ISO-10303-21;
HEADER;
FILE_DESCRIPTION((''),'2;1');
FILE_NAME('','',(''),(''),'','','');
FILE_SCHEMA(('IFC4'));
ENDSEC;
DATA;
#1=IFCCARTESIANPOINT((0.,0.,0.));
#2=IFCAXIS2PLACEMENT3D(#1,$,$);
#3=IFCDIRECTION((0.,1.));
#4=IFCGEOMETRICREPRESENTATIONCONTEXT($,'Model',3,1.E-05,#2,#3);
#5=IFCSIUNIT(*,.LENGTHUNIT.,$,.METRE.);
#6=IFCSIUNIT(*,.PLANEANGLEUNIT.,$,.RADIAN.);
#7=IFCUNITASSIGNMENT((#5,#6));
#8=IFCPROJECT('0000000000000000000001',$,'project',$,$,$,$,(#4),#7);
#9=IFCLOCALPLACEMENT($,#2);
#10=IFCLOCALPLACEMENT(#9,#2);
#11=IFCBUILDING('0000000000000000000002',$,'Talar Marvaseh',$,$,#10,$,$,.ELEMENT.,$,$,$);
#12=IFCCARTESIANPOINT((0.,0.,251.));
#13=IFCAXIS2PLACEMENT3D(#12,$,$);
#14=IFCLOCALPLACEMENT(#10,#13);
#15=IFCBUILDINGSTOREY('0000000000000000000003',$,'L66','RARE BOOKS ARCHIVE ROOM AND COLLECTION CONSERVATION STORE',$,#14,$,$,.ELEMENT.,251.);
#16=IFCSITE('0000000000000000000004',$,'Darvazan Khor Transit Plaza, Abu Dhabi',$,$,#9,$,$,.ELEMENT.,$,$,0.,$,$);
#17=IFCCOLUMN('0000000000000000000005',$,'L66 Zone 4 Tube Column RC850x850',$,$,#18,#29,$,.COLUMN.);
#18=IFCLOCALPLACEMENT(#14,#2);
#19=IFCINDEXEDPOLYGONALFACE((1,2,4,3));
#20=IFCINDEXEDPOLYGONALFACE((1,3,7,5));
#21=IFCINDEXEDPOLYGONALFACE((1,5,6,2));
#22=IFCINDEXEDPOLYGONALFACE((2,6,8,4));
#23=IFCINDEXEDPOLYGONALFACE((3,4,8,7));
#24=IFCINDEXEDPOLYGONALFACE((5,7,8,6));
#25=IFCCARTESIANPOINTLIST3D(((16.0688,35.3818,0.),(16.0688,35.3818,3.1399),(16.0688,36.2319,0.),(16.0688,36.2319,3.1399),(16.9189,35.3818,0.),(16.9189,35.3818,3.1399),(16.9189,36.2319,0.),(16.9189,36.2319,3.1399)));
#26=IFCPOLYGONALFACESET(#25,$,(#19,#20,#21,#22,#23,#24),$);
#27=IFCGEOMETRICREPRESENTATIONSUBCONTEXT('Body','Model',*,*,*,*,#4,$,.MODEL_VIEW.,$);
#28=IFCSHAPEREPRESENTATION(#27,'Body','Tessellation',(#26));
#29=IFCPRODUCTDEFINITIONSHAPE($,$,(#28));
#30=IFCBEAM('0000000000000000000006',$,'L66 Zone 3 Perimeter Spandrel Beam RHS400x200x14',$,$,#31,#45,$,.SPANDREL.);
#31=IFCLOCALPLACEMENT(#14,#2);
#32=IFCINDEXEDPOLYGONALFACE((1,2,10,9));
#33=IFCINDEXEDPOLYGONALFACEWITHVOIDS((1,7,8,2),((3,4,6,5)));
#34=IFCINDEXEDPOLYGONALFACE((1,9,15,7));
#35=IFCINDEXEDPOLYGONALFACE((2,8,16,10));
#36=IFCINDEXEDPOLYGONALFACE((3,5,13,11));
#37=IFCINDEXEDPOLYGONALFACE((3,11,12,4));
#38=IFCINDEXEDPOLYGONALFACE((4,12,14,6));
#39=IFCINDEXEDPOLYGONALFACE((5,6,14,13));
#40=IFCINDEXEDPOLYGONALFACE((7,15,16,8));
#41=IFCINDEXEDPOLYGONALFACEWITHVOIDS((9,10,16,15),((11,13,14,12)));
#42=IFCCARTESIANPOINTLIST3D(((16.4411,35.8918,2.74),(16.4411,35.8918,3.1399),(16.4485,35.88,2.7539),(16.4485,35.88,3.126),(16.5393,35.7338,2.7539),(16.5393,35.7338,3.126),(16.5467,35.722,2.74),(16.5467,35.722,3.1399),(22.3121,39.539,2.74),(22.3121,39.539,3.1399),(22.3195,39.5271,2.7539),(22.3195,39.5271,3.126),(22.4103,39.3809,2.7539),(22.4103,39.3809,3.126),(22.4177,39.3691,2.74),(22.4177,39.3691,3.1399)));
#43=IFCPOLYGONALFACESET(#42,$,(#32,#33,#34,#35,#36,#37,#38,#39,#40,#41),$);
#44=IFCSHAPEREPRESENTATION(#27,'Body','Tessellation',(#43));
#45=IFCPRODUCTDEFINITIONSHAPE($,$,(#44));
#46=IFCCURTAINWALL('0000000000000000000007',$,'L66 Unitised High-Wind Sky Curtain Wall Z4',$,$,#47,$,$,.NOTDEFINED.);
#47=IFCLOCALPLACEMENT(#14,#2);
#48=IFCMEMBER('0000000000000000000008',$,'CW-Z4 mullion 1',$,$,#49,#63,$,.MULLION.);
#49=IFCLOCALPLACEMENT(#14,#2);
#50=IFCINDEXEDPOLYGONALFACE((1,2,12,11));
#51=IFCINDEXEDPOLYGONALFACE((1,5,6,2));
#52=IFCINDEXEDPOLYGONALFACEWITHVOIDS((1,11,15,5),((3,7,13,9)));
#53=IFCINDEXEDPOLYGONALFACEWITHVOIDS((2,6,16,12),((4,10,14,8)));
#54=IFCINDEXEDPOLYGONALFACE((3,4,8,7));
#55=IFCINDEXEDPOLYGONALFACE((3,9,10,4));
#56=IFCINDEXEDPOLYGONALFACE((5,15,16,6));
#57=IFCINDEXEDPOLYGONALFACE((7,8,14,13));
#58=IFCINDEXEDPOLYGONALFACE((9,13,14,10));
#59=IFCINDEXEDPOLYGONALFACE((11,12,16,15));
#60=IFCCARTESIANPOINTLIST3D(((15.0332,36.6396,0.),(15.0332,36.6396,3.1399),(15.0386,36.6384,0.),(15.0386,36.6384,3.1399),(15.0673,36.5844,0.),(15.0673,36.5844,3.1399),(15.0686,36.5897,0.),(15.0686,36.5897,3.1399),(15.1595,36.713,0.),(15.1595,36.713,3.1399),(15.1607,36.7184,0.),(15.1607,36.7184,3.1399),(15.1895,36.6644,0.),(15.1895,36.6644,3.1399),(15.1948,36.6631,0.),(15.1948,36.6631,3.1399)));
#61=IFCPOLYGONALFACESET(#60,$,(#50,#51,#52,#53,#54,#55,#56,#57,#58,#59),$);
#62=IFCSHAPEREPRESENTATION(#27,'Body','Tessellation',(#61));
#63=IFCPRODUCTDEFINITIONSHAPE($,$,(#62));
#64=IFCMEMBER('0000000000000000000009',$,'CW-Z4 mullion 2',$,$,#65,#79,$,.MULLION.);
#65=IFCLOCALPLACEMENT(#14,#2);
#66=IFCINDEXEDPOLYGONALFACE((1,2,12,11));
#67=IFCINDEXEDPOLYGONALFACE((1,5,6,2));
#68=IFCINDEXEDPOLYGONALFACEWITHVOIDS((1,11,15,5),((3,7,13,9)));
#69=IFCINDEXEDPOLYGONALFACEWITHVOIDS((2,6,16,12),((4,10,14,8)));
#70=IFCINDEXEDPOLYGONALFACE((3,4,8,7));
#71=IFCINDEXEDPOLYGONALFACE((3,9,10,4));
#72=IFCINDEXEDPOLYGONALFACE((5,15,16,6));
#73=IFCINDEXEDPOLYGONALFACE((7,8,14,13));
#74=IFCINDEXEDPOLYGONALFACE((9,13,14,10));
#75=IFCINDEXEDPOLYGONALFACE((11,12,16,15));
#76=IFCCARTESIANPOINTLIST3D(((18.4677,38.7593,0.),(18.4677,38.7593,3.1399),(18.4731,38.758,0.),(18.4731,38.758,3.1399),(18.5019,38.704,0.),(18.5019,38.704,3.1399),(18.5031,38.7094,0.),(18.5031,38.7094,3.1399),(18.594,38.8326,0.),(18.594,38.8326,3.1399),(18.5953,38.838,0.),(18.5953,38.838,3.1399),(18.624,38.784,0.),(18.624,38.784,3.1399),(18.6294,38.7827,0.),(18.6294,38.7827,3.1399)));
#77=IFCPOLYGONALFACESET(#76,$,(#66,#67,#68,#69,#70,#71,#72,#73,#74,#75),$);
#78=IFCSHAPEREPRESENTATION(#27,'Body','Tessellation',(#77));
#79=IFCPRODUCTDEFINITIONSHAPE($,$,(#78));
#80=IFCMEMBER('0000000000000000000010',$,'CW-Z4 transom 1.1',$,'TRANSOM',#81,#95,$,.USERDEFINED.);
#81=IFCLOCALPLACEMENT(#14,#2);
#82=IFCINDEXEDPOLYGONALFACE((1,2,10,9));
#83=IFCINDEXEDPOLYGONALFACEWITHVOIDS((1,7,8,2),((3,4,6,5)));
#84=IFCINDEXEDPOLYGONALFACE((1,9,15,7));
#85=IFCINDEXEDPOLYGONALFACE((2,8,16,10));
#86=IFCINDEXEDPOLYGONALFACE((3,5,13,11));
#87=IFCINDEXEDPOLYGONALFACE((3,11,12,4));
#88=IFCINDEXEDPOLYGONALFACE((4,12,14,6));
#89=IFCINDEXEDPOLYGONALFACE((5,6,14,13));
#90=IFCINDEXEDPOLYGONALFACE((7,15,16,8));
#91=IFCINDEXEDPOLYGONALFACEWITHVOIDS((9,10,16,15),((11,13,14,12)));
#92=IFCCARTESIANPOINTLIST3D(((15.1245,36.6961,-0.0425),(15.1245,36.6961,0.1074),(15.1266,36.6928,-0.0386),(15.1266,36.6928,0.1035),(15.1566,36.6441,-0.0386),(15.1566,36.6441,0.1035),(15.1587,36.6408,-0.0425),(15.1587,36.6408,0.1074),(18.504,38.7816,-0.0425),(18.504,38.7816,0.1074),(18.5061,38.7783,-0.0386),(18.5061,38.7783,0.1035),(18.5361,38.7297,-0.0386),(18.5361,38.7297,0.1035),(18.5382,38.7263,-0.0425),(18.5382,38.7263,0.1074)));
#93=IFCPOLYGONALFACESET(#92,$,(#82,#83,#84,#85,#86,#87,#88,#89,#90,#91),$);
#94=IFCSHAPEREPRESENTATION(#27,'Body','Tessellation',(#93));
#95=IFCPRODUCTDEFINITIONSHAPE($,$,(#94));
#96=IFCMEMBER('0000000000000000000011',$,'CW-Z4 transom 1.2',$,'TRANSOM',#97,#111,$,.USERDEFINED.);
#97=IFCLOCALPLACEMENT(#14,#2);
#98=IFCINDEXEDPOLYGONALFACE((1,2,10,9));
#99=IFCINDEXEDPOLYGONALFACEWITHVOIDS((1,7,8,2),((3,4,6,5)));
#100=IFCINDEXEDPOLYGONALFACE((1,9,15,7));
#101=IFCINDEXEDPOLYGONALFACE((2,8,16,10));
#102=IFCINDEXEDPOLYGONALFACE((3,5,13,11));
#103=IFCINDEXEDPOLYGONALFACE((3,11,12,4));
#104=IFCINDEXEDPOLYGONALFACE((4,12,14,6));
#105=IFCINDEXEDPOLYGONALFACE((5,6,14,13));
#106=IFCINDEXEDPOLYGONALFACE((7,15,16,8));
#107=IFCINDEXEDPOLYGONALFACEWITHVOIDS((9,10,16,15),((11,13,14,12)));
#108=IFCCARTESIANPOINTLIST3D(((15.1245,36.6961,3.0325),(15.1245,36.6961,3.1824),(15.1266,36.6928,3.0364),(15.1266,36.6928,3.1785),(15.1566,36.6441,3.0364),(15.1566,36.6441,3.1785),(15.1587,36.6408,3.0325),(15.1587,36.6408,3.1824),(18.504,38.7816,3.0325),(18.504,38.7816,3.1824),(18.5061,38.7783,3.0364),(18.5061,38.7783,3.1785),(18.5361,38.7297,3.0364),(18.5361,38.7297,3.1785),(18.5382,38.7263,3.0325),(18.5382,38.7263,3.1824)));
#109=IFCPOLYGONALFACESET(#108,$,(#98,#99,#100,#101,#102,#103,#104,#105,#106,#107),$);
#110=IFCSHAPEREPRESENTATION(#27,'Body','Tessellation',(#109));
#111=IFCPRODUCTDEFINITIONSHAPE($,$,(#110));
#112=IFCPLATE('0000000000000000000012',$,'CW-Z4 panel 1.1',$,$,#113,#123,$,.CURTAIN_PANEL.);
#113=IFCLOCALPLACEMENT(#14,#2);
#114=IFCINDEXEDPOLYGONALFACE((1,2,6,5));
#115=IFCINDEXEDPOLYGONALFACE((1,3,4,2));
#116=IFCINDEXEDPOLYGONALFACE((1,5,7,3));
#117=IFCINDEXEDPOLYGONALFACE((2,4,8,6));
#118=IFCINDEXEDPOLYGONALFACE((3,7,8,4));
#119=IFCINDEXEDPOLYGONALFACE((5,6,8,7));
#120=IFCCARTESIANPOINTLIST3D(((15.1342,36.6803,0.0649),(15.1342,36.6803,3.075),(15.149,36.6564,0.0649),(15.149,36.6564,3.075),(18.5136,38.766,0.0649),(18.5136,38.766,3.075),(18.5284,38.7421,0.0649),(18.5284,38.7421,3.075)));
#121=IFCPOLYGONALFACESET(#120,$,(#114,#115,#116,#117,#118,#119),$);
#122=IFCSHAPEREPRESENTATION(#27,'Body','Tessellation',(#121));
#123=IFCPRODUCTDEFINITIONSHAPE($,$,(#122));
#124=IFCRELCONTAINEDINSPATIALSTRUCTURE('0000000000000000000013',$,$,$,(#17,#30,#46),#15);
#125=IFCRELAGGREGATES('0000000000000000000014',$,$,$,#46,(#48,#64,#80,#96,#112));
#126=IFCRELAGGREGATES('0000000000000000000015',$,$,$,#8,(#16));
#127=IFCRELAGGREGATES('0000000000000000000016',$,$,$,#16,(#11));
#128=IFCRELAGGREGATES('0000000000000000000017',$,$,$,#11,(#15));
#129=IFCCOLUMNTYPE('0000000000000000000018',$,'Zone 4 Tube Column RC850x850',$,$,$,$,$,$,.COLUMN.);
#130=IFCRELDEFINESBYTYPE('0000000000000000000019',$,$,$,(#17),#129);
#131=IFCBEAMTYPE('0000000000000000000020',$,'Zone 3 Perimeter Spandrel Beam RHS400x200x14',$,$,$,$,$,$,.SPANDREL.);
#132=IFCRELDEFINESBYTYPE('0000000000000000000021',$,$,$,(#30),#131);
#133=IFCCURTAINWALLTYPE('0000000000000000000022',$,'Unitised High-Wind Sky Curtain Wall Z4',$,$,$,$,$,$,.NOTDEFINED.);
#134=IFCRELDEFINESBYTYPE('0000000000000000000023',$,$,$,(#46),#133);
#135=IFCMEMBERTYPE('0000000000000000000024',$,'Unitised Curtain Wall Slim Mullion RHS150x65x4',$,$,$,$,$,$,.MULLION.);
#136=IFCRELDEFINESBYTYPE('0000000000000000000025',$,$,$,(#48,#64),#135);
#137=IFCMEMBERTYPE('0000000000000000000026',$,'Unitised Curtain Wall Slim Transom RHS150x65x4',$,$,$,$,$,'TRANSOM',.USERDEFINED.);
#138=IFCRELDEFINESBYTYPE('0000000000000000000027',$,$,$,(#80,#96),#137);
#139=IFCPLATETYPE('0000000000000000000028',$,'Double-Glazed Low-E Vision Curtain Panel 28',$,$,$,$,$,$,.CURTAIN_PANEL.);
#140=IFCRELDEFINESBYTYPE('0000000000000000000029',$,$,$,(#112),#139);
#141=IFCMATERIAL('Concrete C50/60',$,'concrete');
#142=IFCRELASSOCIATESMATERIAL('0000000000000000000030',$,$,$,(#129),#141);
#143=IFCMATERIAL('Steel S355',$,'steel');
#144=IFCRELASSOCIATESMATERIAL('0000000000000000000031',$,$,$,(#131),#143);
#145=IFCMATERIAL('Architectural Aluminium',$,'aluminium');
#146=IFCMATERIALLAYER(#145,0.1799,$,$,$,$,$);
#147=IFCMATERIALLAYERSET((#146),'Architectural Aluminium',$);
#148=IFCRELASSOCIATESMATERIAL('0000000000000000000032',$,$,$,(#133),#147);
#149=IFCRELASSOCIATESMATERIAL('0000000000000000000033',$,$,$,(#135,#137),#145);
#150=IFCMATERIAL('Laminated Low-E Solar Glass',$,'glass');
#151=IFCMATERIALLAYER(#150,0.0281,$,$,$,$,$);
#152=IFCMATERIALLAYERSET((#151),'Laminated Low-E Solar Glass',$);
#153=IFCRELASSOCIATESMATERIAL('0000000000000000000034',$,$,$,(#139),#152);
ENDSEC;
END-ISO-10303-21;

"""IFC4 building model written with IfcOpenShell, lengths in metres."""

from ifc_helpers import new_model, si_unit, direction, frame, origin, origin_2d, place, context, subcontext, project, spatial, rectangle, hollow_rectangle, extrude, source, transform, mapped, material, layer, layer_set, material_profile, profile_set, type_object, type_shapes, element, aggregate, save


model = new_model("IFC4")

# Units and contexts
model_context = context("Model", 3, precision=1e-05, world=origin(), true_north=direction((0.0, 1.0)))
body_context = subcontext(model_context, "Body", "Model", "MODEL_VIEW")
ifc_project = project(units=[si_unit("LENGTHUNIT", "METRE"), si_unit("PLANEANGLEUNIT", "RADIAN")], contexts=[model_context])

# Site, building, storey
site_placement = place(None, origin())
site = spatial("IfcSite", under=ifc_project, at=site_placement, Name="Darvazan Khor Transit Plaza, Abu Dhabi", CompositionType="ELEMENT", RefElevation=0.0)
building_placement = place(site_placement, origin())
building = spatial("IfcBuilding", under=site, at=building_placement, Name="Talar Marvaseh", CompositionType="ELEMENT")
storey_placement = place(building_placement, frame((0.0, 0.0, 251.0)))
storey = spatial("IfcBuildingStorey", under=building, at=storey_placement, Name="L66", Description="RARE BOOKS ARCHIVE ROOM AND COLLECTION CONSERVATION STORE", CompositionType="ELEMENT", Elevation=251.0)

# Column
ifc_material_1 = material(Name="Concrete C50/60", Category="concrete")
ifc_material_profile_1 = material_profile(ifc_material_1, rectangle(XDim=0.8501, YDim=0.8501, at=origin_2d()), Name="RC850x850")
ifc_profile_set_1 = profile_set([ifc_material_profile_1], Name="Concrete C50/60")
column_type = type_object("IfcColumnType", Name="Zone 4 Tube Column RC850x850", PredefinedType="COLUMN", material=ifc_profile_set_1)
column_placement = place(storey_placement, frame((16.4939, 35.8069, 0.0), z_axis=(0.0, 0.0, 1.0), x_axis=(1.0, 0.0, 0.0)))
element("IfcColumn", 1, at=column_placement, inside=storey, type_object=column_type, Name="L66 Zone 4 Tube Column RC850x850", PredefinedType="COLUMN", context=body_context, shape_type="SweptSolid", body=[
    extrude(rectangle(XDim=0.8501, YDim=0.8501, at=origin_2d()), origin(), (0.0, 0.0, 1.0), 3.1399),
])

# Beam
ifc_material_2 = material(Name="Steel S355", Category="steel")
ifc_material_profile_2 = material_profile(ifc_material_2, hollow_rectangle(XDim=0.2, YDim=0.3999, WallThickness=0.0139, at=origin_2d()), Name="RHS400x200x14")
ifc_profile_set_2 = profile_set([ifc_material_profile_2], Name="Steel S355")
beam_type = type_object("IfcBeamType", Name="Zone 3 Perimeter Spandrel Beam RHS400x200x14", PredefinedType="SPANDREL", material=ifc_profile_set_2)
beam_placement = place(storey_placement, frame((16.4939, 35.8069, 2.9399), z_axis=(0.84944, 0.527686, 0.0), x_axis=(-0.527686, 0.84944, 0.0)))
element("IfcBeam", 2, at=beam_placement, inside=storey, type_object=beam_type, Name="L66 Zone 3 Perimeter Spandrel Beam RHS400x200x14", PredefinedType="SPANDREL", context=body_context, shape_type="SweptSolid", body=[
    extrude(hollow_rectangle(XDim=0.2, YDim=0.3999, WallThickness=0.0139, at=origin_2d()), origin(), (0.0, 0.0, 1.0), 6.9116),
])

# Curtain wall, members, plate
ifc_material_3 = material(Name="Architectural Aluminium", Category="aluminium")
ifc_layer_1 = layer(ifc_material_3, 0.1799)
ifc_layer_set_1 = layer_set([ifc_layer_1], Name="Architectural Aluminium")
curtain_wall_type = type_object("IfcCurtainWallType", Name="Unitised High-Wind Sky Curtain Wall Z4", PredefinedType="NOTDEFINED", material=ifc_layer_set_1)
curtain_wall_placement = place(storey_placement, origin())
curtain_wall = element("IfcCurtainWall", 3, at=curtain_wall_placement, inside=storey, type_object=curtain_wall_type, Name="L66 Unitised High-Wind Sky Curtain Wall Z4", PredefinedType="NOTDEFINED")
ifc_material_profile_3 = material_profile(ifc_material_3, hollow_rectangle(XDim=0.0649, YDim=0.1499, WallThickness=0.0039, at=origin_2d()), Name="RHS150x65x4")
ifc_profile_set_3 = profile_set([ifc_material_profile_3], Name="Architectural Aluminium")
member_type_1 = type_object("IfcMemberType", Name="Unitised Curtain Wall Slim Mullion RHS150x65x4", PredefinedType="MULLION", material=ifc_profile_set_3)
shared_shape_1 = source(origin(), body_context, "Body", "SweptSolid", [
    extrude(hollow_rectangle(XDim=0.0649, YDim=0.1499, WallThickness=0.0039, at=origin_2d()), origin(), (0.0, 0.0, 1.0), 3.1399),
])
type_shapes(member_type_1, [shared_shape_1])
member_1_placement = place(storey_placement, frame((15.114, 36.6514, 0.0), z_axis=(0.0, 0.0, 1.0), x_axis=(-0.525202, 0.850977, 0.0)))
member_1 = element("IfcMember", 4, at=member_1_placement, type_object=member_type_1, Name="CW-Z4 mullion 1", PredefinedType="MULLION", context=body_context, shape_type="MappedRepresentation", body=[
    mapped(shared_shape_1, transform((0.0, 0.0, 0.0), x_axis=(1.0, 0.0, 0.0), y_axis=(0.0, 1.0, 0.0), z_axis=(0.0, 0.0, 1.0), scale=1.0)),
])
member_2_placement = place(storey_placement, frame((18.5486, 38.771, 0.0), z_axis=(0.0, 0.0, 1.0), x_axis=(-0.525202, 0.850977, 0.0)))
member_2 = element("IfcMember", 5, at=member_2_placement, type_object=member_type_1, Name="CW-Z4 mullion 2", PredefinedType="MULLION", context=body_context, shape_type="MappedRepresentation", body=[
    mapped(shared_shape_1, transform((0.0, 0.0, 0.0), x_axis=(1.0, 0.0, 0.0), y_axis=(0.0, 1.0, 0.0), z_axis=(0.0, 0.0, 1.0), scale=1.0)),
])
ifc_material_profile_4 = material_profile(ifc_material_3, hollow_rectangle(XDim=0.0649, YDim=0.1499, WallThickness=0.0039, at=origin_2d()), Name="RHS150x65x4")
ifc_profile_set_4 = profile_set([ifc_material_profile_4], Name="Architectural Aluminium")
member_type_2 = type_object("IfcMemberType", Name="Unitised Curtain Wall Slim Transom RHS150x65x4", ElementType="TRANSOM", PredefinedType="USERDEFINED", material=ifc_profile_set_4)
shared_shape_2 = source(origin(), body_context, "Body", "SweptSolid", [
    extrude(hollow_rectangle(XDim=0.0649, YDim=0.1499, WallThickness=0.0039, at=origin_2d()), origin(), (0.0, 0.0, 1.0), 3.9712),
])
type_shapes(member_type_2, [shared_shape_2])
member_3_placement = place(storey_placement, frame((15.1416, 36.6685, 0.0325), z_axis=(0.851003, 0.52516, 0.0), x_axis=(-0.52516, 0.851003, 0.0)))
member_3 = element("IfcMember", 6, at=member_3_placement, type_object=member_type_2, Name="CW-Z4 transom 1.1", ObjectType="TRANSOM", PredefinedType="USERDEFINED", context=body_context, shape_type="MappedRepresentation", body=[
    mapped(shared_shape_2, transform((0.0, 0.0, 0.0), x_axis=(1.0, 0.0, 0.0), y_axis=(0.0, 1.0, 0.0), z_axis=(0.0, 0.0, 1.0), scale=1.0)),
])
member_4_placement = place(storey_placement, frame((15.1416, 36.6685, 3.1074), z_axis=(0.851003, 0.52516, 0.0), x_axis=(-0.52516, 0.851003, 0.0)))
member_4 = element("IfcMember", 7, at=member_4_placement, type_object=member_type_2, Name="CW-Z4 transom 1.2", ObjectType="TRANSOM", PredefinedType="USERDEFINED", context=body_context, shape_type="MappedRepresentation", body=[
    mapped(shared_shape_2, transform((0.0, 0.0, 0.0), x_axis=(1.0, 0.0, 0.0), y_axis=(0.0, 1.0, 0.0), z_axis=(0.0, 0.0, 1.0), scale=1.0)),
])
ifc_material_4 = material(Name="Laminated Low-E Solar Glass", Category="glass")
ifc_layer_2 = layer(ifc_material_4, 0.0281)
ifc_layer_set_2 = layer_set([ifc_layer_2], Name="Laminated Low-E Solar Glass")
plate_type = type_object("IfcPlateType", Name="Double-Glazed Low-E Vision Curtain Panel 28", PredefinedType="CURTAIN_PANEL", material=ifc_layer_set_2)
shared_shape_3 = source(origin(), body_context, "Body", "SweptSolid", [
    extrude(rectangle(XDim=3.9712, YDim=0.0281, at=origin_2d()), origin(), (0.0, 0.0, 1.0), 3.01),
])
type_shapes(plate_type, [shared_shape_3])
plate_placement = place(storey_placement, frame((16.8313, 37.7112, 0.0649), z_axis=(0.0, 0.0, 1.0), x_axis=(0.850977, 0.525202, 0.0)))
plate = element("IfcPlate", 8, at=plate_placement, type_object=plate_type, Name="CW-Z4 panel 1.1", PredefinedType="CURTAIN_PANEL", context=body_context, shape_type="MappedRepresentation", body=[
    mapped(shared_shape_3, transform((0.0, 0.0, 0.0), x_axis=(1.0, 0.0, 0.0), y_axis=(0.0, 1.0, 0.0), z_axis=(0.0, 0.0, 1.0), scale=1.0)),
])
aggregate(curtain_wall, [member_1, member_2, member_3, member_4, plate])

save(model, "model.ifc")
